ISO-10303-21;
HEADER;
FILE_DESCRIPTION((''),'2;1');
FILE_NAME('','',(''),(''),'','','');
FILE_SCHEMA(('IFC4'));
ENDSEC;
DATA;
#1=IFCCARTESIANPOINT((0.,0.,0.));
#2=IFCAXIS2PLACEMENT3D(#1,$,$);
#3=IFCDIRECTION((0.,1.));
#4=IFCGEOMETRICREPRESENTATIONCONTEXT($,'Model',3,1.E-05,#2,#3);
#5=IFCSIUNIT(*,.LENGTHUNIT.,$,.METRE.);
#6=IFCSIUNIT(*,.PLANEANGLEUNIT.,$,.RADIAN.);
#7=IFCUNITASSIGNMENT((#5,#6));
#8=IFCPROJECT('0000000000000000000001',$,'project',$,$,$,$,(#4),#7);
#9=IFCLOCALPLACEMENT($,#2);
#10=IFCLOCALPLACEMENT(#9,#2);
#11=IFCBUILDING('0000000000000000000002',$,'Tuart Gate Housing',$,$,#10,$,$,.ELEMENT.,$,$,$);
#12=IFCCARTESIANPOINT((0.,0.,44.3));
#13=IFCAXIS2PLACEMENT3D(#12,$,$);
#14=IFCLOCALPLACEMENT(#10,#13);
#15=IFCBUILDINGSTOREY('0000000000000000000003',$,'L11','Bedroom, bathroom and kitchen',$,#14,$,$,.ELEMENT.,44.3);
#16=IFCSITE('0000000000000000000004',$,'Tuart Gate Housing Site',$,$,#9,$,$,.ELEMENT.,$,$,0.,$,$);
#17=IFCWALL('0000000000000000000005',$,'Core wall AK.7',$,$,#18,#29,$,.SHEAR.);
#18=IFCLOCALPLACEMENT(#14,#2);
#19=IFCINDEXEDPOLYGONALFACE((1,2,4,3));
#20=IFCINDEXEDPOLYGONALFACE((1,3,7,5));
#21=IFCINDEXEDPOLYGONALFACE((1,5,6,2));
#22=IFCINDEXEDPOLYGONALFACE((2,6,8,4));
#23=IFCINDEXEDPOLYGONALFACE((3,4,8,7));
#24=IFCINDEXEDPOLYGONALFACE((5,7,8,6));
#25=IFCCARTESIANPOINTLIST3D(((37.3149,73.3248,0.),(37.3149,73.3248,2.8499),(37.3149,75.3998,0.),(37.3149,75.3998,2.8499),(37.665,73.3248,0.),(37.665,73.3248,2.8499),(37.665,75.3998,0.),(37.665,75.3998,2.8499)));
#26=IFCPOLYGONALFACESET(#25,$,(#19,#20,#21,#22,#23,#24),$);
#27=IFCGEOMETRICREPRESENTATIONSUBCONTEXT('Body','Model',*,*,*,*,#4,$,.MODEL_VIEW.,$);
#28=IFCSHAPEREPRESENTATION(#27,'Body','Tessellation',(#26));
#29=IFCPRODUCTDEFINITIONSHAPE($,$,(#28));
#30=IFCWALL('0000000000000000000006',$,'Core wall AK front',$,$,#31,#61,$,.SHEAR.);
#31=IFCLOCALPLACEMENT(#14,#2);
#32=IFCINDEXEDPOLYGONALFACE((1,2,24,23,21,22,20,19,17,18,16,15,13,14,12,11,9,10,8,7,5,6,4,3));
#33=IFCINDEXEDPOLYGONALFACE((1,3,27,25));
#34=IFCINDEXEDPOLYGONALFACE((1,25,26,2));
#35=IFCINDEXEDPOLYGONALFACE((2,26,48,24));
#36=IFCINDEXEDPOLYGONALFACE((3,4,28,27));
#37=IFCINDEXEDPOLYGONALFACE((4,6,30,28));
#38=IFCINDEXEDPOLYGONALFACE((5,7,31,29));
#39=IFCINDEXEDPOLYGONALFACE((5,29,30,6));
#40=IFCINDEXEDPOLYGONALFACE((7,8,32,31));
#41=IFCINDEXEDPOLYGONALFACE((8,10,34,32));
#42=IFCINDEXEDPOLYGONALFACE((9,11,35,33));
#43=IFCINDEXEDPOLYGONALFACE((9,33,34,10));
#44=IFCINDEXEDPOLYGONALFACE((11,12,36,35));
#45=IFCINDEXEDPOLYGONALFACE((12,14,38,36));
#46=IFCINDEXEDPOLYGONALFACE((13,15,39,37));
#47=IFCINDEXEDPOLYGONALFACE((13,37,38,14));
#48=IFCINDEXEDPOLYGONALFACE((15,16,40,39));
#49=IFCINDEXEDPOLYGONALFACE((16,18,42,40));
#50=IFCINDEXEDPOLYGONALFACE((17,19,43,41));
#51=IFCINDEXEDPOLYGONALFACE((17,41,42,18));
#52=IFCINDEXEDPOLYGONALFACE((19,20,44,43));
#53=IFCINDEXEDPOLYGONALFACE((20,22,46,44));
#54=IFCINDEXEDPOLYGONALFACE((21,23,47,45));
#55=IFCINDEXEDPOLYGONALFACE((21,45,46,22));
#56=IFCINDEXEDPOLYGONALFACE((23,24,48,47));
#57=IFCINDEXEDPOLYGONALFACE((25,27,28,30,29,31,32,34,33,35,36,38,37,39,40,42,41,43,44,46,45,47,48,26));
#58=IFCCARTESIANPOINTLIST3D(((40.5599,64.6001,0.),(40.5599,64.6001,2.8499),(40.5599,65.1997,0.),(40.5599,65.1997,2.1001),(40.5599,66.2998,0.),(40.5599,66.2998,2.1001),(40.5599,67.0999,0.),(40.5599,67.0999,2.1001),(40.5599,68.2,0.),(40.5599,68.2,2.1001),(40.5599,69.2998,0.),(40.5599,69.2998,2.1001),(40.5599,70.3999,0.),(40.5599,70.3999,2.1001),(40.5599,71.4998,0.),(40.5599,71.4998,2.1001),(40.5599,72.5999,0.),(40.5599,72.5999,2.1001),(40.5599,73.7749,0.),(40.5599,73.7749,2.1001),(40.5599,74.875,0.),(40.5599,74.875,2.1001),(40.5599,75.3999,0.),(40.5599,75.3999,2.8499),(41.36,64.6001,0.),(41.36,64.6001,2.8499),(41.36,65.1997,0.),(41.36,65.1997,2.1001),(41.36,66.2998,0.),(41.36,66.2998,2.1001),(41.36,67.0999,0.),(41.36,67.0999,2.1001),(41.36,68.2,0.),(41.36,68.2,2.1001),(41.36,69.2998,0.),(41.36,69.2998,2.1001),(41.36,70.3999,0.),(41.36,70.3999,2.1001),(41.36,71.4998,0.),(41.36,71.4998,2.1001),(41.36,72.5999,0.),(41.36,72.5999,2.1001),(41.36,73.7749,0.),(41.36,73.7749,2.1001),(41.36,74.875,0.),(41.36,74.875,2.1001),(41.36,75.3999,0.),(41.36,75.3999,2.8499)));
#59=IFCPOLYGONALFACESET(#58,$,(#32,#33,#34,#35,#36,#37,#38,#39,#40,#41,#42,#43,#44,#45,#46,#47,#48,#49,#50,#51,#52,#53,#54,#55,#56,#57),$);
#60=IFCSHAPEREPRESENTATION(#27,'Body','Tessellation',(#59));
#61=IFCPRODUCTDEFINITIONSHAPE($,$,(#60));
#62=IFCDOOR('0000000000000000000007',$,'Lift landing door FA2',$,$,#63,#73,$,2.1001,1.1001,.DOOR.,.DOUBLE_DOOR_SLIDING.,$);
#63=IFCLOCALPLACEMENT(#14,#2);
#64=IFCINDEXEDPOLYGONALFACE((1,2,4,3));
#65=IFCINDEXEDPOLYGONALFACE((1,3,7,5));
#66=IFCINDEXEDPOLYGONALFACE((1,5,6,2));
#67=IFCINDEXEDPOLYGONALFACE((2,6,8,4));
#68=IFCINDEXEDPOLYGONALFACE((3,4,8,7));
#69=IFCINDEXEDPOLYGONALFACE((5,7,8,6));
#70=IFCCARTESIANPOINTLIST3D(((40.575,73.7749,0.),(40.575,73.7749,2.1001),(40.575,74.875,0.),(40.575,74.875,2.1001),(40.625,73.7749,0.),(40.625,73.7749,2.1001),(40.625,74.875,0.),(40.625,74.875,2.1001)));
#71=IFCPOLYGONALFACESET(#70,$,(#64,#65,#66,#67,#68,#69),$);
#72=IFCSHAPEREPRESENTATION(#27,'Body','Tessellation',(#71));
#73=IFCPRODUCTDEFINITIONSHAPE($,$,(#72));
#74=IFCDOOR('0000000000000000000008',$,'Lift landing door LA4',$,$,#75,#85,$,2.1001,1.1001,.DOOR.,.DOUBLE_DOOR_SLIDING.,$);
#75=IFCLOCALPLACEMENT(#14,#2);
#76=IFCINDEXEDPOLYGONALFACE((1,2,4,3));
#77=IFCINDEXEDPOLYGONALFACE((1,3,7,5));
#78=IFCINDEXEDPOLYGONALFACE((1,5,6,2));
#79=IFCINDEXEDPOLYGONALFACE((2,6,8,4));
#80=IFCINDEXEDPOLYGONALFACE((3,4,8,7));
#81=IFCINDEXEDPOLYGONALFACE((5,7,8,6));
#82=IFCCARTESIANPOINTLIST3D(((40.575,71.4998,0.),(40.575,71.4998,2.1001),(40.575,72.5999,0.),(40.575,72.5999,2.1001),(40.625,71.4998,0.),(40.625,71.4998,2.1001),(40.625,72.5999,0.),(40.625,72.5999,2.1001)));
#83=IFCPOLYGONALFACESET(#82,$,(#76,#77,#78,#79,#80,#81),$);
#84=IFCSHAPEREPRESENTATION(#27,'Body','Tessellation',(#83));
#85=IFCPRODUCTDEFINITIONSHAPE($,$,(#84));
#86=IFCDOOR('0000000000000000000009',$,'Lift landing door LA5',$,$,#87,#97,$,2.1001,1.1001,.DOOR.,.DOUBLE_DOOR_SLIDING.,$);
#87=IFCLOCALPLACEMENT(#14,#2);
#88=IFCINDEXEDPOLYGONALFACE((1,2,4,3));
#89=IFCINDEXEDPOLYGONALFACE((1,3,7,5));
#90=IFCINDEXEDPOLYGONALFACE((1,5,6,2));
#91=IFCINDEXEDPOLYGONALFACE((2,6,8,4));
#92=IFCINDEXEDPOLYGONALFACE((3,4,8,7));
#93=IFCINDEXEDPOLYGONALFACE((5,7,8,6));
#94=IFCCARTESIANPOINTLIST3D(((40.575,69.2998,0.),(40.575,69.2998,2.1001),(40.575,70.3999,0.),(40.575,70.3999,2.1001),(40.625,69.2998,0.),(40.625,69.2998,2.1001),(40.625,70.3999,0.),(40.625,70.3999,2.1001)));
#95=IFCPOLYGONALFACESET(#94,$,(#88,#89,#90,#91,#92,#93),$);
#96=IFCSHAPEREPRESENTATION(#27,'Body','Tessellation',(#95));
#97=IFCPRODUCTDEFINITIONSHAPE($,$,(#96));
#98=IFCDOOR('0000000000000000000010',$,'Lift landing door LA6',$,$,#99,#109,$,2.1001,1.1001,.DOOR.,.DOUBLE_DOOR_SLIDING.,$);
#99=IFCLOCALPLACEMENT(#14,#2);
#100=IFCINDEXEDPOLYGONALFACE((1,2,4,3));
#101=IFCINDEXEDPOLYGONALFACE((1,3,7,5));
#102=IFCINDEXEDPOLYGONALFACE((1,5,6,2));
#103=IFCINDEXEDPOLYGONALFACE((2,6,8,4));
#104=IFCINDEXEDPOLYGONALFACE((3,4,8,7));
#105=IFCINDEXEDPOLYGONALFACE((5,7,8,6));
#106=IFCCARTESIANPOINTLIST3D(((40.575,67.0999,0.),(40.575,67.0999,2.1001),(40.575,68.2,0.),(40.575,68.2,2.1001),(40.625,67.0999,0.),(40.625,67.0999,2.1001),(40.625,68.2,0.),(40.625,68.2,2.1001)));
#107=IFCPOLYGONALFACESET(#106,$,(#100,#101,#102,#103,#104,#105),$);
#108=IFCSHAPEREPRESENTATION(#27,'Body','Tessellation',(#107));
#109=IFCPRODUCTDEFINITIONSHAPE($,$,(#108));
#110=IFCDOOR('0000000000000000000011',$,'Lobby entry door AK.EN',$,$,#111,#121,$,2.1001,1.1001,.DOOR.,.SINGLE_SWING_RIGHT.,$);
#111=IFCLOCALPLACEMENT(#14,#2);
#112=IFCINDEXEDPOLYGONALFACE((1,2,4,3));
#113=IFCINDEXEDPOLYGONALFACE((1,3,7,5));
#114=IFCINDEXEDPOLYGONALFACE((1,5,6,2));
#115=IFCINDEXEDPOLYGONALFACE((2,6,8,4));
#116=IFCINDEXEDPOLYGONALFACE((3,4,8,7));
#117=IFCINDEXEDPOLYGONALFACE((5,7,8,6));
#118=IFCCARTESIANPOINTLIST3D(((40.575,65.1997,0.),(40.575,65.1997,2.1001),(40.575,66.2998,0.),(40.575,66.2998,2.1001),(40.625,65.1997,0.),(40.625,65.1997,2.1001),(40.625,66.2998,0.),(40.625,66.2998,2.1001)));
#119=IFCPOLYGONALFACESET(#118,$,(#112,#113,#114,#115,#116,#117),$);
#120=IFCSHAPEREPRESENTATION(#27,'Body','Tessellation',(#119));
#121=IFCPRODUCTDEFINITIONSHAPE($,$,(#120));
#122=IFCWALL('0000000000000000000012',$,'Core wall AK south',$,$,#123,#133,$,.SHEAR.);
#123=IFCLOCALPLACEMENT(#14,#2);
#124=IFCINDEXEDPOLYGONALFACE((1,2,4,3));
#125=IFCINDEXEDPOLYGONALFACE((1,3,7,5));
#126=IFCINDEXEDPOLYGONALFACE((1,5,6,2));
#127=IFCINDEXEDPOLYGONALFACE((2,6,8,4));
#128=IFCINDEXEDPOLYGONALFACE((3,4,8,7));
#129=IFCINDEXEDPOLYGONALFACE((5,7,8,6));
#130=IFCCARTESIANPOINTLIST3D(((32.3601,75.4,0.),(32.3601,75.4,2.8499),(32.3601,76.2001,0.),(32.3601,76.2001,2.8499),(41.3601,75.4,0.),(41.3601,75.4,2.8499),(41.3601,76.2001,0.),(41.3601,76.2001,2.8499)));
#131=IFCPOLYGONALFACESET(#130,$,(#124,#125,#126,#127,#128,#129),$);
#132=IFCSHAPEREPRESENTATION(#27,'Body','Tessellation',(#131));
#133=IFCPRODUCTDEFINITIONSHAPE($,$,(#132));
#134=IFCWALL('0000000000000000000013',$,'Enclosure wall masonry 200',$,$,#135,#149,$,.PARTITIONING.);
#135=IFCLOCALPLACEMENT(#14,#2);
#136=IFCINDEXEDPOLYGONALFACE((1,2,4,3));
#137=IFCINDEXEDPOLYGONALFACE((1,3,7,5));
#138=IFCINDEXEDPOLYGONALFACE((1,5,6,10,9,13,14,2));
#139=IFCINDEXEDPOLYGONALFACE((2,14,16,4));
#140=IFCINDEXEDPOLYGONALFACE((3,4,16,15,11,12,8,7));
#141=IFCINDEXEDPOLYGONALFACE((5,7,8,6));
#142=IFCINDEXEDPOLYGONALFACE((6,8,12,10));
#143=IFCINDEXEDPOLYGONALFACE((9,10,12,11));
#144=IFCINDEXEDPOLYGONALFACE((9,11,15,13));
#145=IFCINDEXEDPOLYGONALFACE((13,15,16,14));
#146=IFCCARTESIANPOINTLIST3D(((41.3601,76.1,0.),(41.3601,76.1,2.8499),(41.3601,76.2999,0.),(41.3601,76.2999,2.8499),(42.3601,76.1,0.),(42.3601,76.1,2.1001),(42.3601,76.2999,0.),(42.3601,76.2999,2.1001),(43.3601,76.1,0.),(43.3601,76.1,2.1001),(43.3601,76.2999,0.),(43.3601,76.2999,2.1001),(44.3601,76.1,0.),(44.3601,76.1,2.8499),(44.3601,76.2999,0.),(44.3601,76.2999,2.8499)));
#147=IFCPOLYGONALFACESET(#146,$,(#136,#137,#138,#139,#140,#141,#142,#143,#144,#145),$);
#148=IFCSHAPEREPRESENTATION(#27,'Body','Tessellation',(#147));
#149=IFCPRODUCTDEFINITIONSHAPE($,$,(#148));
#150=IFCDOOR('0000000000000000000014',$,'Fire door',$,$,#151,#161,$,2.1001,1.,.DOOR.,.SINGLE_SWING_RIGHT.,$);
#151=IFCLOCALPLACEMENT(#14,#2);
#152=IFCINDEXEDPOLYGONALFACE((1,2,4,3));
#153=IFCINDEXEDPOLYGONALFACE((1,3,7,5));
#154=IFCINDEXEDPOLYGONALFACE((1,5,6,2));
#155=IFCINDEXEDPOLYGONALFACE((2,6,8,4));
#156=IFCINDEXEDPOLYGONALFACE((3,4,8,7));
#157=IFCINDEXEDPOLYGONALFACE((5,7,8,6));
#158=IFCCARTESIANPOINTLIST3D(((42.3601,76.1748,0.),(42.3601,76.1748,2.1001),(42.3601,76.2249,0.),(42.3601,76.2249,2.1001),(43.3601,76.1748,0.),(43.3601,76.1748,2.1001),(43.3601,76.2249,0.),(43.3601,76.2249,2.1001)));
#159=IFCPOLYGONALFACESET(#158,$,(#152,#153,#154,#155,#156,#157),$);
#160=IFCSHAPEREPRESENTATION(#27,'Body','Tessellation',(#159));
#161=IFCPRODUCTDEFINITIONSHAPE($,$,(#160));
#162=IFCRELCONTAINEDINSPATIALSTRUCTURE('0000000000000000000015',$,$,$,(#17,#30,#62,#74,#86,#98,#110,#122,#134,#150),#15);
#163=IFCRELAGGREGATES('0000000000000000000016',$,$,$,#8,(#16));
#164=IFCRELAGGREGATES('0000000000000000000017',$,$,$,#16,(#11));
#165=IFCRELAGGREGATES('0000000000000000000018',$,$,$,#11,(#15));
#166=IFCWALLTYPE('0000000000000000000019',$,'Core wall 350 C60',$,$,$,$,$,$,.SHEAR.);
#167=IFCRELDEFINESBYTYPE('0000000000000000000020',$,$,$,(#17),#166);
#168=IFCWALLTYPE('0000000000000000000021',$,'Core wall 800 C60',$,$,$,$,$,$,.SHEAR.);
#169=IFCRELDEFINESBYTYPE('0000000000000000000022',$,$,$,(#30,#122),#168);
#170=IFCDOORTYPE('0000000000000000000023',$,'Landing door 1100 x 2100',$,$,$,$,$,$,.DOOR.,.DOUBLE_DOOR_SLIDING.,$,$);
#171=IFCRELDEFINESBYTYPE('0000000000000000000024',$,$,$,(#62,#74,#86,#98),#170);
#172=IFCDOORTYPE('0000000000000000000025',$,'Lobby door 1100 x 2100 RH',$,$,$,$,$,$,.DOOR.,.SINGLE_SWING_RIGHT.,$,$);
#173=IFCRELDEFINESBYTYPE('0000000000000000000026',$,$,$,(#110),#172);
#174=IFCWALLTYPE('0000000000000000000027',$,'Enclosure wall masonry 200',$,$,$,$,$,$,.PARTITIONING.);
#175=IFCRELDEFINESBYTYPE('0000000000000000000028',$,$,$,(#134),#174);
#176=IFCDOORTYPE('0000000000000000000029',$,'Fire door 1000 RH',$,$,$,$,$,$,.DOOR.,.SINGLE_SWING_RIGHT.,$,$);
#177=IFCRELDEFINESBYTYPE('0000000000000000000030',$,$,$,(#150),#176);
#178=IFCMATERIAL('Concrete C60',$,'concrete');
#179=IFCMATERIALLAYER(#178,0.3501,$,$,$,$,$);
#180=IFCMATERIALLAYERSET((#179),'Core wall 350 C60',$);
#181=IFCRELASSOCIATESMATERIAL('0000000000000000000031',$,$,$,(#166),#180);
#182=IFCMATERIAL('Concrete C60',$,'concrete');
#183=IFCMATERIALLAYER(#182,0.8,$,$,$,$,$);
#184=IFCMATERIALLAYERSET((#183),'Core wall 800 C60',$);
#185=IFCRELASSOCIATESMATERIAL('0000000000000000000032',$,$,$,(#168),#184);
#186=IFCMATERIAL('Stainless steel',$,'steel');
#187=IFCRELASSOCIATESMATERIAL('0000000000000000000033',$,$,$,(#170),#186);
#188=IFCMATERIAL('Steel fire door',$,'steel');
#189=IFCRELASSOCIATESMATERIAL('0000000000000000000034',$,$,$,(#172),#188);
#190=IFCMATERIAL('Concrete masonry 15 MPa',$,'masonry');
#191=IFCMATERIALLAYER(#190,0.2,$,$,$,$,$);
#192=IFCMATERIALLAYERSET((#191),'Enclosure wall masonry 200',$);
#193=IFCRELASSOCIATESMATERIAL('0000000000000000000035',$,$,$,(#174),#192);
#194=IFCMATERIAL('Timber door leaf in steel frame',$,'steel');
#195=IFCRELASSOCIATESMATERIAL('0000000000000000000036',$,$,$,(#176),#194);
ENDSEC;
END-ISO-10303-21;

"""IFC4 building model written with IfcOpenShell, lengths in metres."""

from ifc_helpers import new_model, si_unit, direction, frame, frame_2d, origin, place, context, subcontext, project, spatial, rectangle, extrude, material, layer, layer_set, type_object, element, fill, save


model = new_model("IFC4")

# Units and contexts
model_context = context("Model", 3, precision=1e-05, world=origin(), true_north=direction((0.0, 1.0)))
body_context = subcontext(model_context, "Body", "Model", "MODEL_VIEW")
ifc_project = project(units=[si_unit("LENGTHUNIT", "METRE"), si_unit("PLANEANGLEUNIT", "RADIAN")], contexts=[model_context])

# Site, building, storey
site_placement = place(None, origin())
site = spatial("IfcSite", under=ifc_project, at=site_placement, Name="Tuart Gate Housing Site", CompositionType="ELEMENT", RefElevation=0.0)
building_placement = place(site_placement, origin())
building = spatial("IfcBuilding", under=site, at=building_placement, Name="Tuart Gate Housing", CompositionType="ELEMENT")
storey_placement = place(building_placement, frame((0.0, 0.0, 44.3)))
storey = spatial("IfcBuildingStorey", under=building, at=storey_placement, Name="L11", Description="Bedroom, bathroom and kitchen", CompositionType="ELEMENT", Elevation=44.3)

# Wall
ifc_material_1 = material(Name="Concrete C60", Category="concrete")
ifc_layer_1 = layer(ifc_material_1, 0.3501)
ifc_layer_set_1 = layer_set([ifc_layer_1], Name="Core wall 350 C60")
wall_type_1 = type_object("IfcWallType", Name="Core wall 350 C60", PredefinedType="SHEAR", material=ifc_layer_set_1)
wall_1_placement = place(storey_placement, frame((37.49, 75.3999, 0.0), z_axis=(0.0, 0.0, 1.0), x_axis=(0.0, -1.0, 0.0)))
element("IfcWall", 1, at=wall_1_placement, inside=storey, type_object=wall_type_1, Name="Core wall AK.7", PredefinedType="SHEAR", context=body_context, shape_type="SweptSolid", body=[
    extrude(rectangle(XDim=2.075, YDim=0.3501, at=frame_2d((1.0376, 0.0))), origin(), (0.0, 0.0, 1.0), 2.8499),
])

# Wall, openings, doors
ifc_material_2 = material(Name="Concrete C60", Category="concrete")
ifc_layer_2 = layer(ifc_material_2, 0.8)
ifc_layer_set_2 = layer_set([ifc_layer_2], Name="Core wall 800 C60")
wall_type_2 = type_object("IfcWallType", Name="Core wall 800 C60", PredefinedType="SHEAR", material=ifc_layer_set_2)
wall_2_placement = place(storey_placement, frame((40.96, 75.3999, 0.0), z_axis=(0.0, 0.0, 1.0), x_axis=(0.0, -1.0, 0.0)))
wall_2 = element("IfcWall", 2, at=wall_2_placement, inside=storey, type_object=wall_type_2, Name="Core wall AK front", PredefinedType="SHEAR", context=body_context, shape_type="SweptSolid", body=[
    extrude(rectangle(XDim=10.7998, YDim=0.8, at=frame_2d((5.3999, 0.0))), origin(), (0.0, 0.0, 1.0), 2.8499),
])
opening_1_placement = place(wall_2_placement, frame((0.5249, 0.0, 0.0)))
opening_1 = element("IfcOpeningElement", 3, at=opening_1_placement, cuts=wall_2, PredefinedType="OPENING", context=body_context, shape_type="SweptSolid", body=[
    extrude(rectangle(XDim=1.1001, YDim=2.1001, at=frame_2d((0.55, 1.05))), frame((0.0, 0.4099, 0.0), z_axis=(0.0, -1.0, 0.0), x_axis=(1.0, 0.0, 0.0)), (0.0, 0.0, 1.0), 0.8201),
])
opening_2_placement = place(wall_2_placement, frame((2.8, 0.0, 0.0)))
opening_2 = element("IfcOpeningElement", 4, at=opening_2_placement, cuts=wall_2, PredefinedType="OPENING", context=body_context, shape_type="SweptSolid", body=[
    extrude(rectangle(XDim=1.1001, YDim=2.1001, at=frame_2d((0.55, 1.05))), frame((0.0, 0.4099, 0.0), z_axis=(0.0, -1.0, 0.0), x_axis=(1.0, 0.0, 0.0)), (0.0, 0.0, 1.0), 0.8201),
])
opening_3_placement = place(wall_2_placement, frame((5.0, 0.0, 0.0)))
opening_3 = element("IfcOpeningElement", 5, at=opening_3_placement, cuts=wall_2, PredefinedType="OPENING", context=body_context, shape_type="SweptSolid", body=[
    extrude(rectangle(XDim=1.1001, YDim=2.1001, at=frame_2d((0.55, 1.05))), frame((0.0, 0.4099, 0.0), z_axis=(0.0, -1.0, 0.0), x_axis=(1.0, 0.0, 0.0)), (0.0, 0.0, 1.0), 0.8201),
])
opening_4_placement = place(wall_2_placement, frame((7.2, 0.0, 0.0)))
opening_4 = element("IfcOpeningElement", 6, at=opening_4_placement, cuts=wall_2, PredefinedType="OPENING", context=body_context, shape_type="SweptSolid", body=[
    extrude(rectangle(XDim=1.1001, YDim=2.1001, at=frame_2d((0.55, 1.05))), frame((0.0, 0.4099, 0.0), z_axis=(0.0, -1.0, 0.0), x_axis=(1.0, 0.0, 0.0)), (0.0, 0.0, 1.0), 0.8201),
])
opening_5_placement = place(wall_2_placement, frame((9.1001, 0.0, 0.0)))
opening_5 = element("IfcOpeningElement", 7, at=opening_5_placement, cuts=wall_2, PredefinedType="OPENING", context=body_context, shape_type="SweptSolid", body=[
    extrude(rectangle(XDim=1.1001, YDim=2.1001, at=frame_2d((0.55, 1.05))), frame((0.0, 0.4099, 0.0), z_axis=(0.0, -1.0, 0.0), x_axis=(1.0, 0.0, 0.0)), (0.0, 0.0, 1.0), 0.8201),
])
ifc_material_3 = material(Name="Stainless steel", Category="steel")
door_type_1 = type_object("IfcDoorType", Name="Landing door 1100 x 2100", OperationType="DOUBLE_DOOR_SLIDING", PredefinedType="DOOR", material=ifc_material_3)
door_1_placement = place(opening_1_placement, origin())
door_1 = element("IfcDoor", 8, at=door_1_placement, inside=storey, type_object=door_type_1, Name="Lift landing door FA2", OperationType="DOUBLE_DOOR_SLIDING", OverallHeight=2.1001, OverallWidth=1.1001, PredefinedType="DOOR", context=body_context, shape_type="SweptSolid", body=[
    extrude(rectangle(XDim=1.1001, YDim=2.1001, at=frame_2d((0.55, 1.05))), frame((0.0, -0.335, 0.0), z_axis=(0.0, -1.0, 0.0), x_axis=(1.0, 0.0, 0.0)), (0.0, 0.0, 1.0), 0.05),
])
fill(opening_1, door_1)
door_2_placement = place(opening_2_placement, origin())
door_2 = element("IfcDoor", 9, at=door_2_placement, inside=storey, type_object=door_type_1, Name="Lift landing door LA4", OperationType="DOUBLE_DOOR_SLIDING", OverallHeight=2.1001, OverallWidth=1.1001, PredefinedType="DOOR", context=body_context, shape_type="SweptSolid", body=[
    extrude(rectangle(XDim=1.1001, YDim=2.1001, at=frame_2d((0.55, 1.05))), frame((0.0, -0.335, 0.0), z_axis=(0.0, -1.0, 0.0), x_axis=(1.0, 0.0, 0.0)), (0.0, 0.0, 1.0), 0.05),
])
fill(opening_2, door_2)
door_3_placement = place(opening_3_placement, origin())
door_3 = element("IfcDoor", 10, at=door_3_placement, inside=storey, type_object=door_type_1, Name="Lift landing door LA5", OperationType="DOUBLE_DOOR_SLIDING", OverallHeight=2.1001, OverallWidth=1.1001, PredefinedType="DOOR", context=body_context, shape_type="SweptSolid", body=[
    extrude(rectangle(XDim=1.1001, YDim=2.1001, at=frame_2d((0.55, 1.05))), frame((0.0, -0.335, 0.0), z_axis=(0.0, -1.0, 0.0), x_axis=(1.0, 0.0, 0.0)), (0.0, 0.0, 1.0), 0.05),
])
fill(opening_3, door_3)
door_4_placement = place(opening_4_placement, origin())
door_4 = element("IfcDoor", 11, at=door_4_placement, inside=storey, type_object=door_type_1, Name="Lift landing door LA6", OperationType="DOUBLE_DOOR_SLIDING", OverallHeight=2.1001, OverallWidth=1.1001, PredefinedType="DOOR", context=body_context, shape_type="SweptSolid", body=[
    extrude(rectangle(XDim=1.1001, YDim=2.1001, at=frame_2d((0.55, 1.05))), frame((0.0, -0.335, 0.0), z_axis=(0.0, -1.0, 0.0), x_axis=(1.0, 0.0, 0.0)), (0.0, 0.0, 1.0), 0.05),
])
fill(opening_4, door_4)
ifc_material_4 = material(Name="Steel fire door", Category="steel")
door_type_2 = type_object("IfcDoorType", Name="Lobby door 1100 x 2100 RH", OperationType="SINGLE_SWING_RIGHT", PredefinedType="DOOR", material=ifc_material_4)
door_5_placement = place(opening_5_placement, frame((1.1001, 0.0, 0.0), z_axis=(0.0, 0.0, 1.0), x_axis=(-1.0, 0.0, 0.0)))
door_5 = element("IfcDoor", 12, at=door_5_placement, inside=storey, type_object=door_type_2, Name="Lobby entry door AK.EN", OperationType="SINGLE_SWING_RIGHT", OverallHeight=2.1001, OverallWidth=1.1001, PredefinedType="DOOR", context=body_context, shape_type="SweptSolid", body=[
    extrude(rectangle(XDim=1.1001, YDim=2.1001, at=frame_2d((0.55, 1.05))), frame((0.0, 0.385, 0.0), z_axis=(0.0, -1.0, 0.0), x_axis=(1.0, 0.0, 0.0)), (0.0, 0.0, 1.0), 0.05),
])
fill(opening_5, door_5)

# Wall
wall_3_placement = place(storey_placement, frame((41.3601, 75.8, 0.0), z_axis=(0.0, 0.0, 1.0), x_axis=(-1.0, 0.0, 0.0)))
element("IfcWall", 13, at=wall_3_placement, inside=storey, type_object=wall_type_2, Name="Core wall AK south", PredefinedType="SHEAR", context=body_context, shape_type="SweptSolid", body=[
    extrude(rectangle(XDim=9.0, YDim=0.8, at=frame_2d((4.5, 0.0))), origin(), (0.0, 0.0, 1.0), 2.8499),
])

# Wall, opening, door
ifc_material_5 = material(Name="Concrete masonry 15 MPa", Category="masonry")
ifc_layer_3 = layer(ifc_material_5, 0.2)
ifc_layer_set_3 = layer_set([ifc_layer_3], Name="Enclosure wall masonry 200")
wall_type_3 = type_object("IfcWallType", Name="Enclosure wall masonry 200", PredefinedType="PARTITIONING", material=ifc_layer_set_3)
wall_4_placement = place(storey_placement, frame((41.3601, 76.2, 0.0), z_axis=(0.0, 0.0, 1.0), x_axis=(1.0, 0.0, 0.0)))
wall_4 = element("IfcWall", 14, at=wall_4_placement, inside=storey, type_object=wall_type_3, Name="Enclosure wall masonry 200", PredefinedType="PARTITIONING", context=body_context, shape_type="SweptSolid", body=[
    extrude(rectangle(XDim=3.0, YDim=0.2, at=frame_2d((1.5, 0.0))), origin(), (0.0, 0.0, 1.0), 2.8499),
])
opening_6_placement = place(wall_4_placement, frame((1.0, 0.0, 0.0)))
opening_6 = element("IfcOpeningElement", 15, at=opening_6_placement, cuts=wall_4, PredefinedType="OPENING", context=body_context, shape_type="SweptSolid", body=[
    extrude(rectangle(XDim=1.0, YDim=2.1001, at=frame_2d((0.5, 1.05))), frame((0.0, 0.1099, 0.0), z_axis=(0.0, -1.0, 0.0), x_axis=(1.0, 0.0, 0.0)), (0.0, 0.0, 1.0), 0.22),
])
ifc_material_6 = material(Name="Timber door leaf in steel frame", Category="steel")
door_type_3 = type_object("IfcDoorType", Name="Fire door 1000 RH", OperationType="SINGLE_SWING_RIGHT", PredefinedType="DOOR", material=ifc_material_6)
door_6_placement = place(opening_6_placement, origin())
door_6 = element("IfcDoor", 16, at=door_6_placement, inside=storey, type_object=door_type_3, Name="Fire door", OperationType="SINGLE_SWING_RIGHT", OverallHeight=2.1001, OverallWidth=1.0, PredefinedType="DOOR", context=body_context, shape_type="SweptSolid", body=[
    extrude(rectangle(XDim=1.0, YDim=2.1001, at=frame_2d((0.5, 1.05))), frame((0.0, 0.0249, 0.0), z_axis=(0.0, -1.0, 0.0), x_axis=(1.0, 0.0, 0.0)), (0.0, 0.0, 1.0), 0.05),
])
fill(opening_6, door_6)

save(model, "model.ifc")
